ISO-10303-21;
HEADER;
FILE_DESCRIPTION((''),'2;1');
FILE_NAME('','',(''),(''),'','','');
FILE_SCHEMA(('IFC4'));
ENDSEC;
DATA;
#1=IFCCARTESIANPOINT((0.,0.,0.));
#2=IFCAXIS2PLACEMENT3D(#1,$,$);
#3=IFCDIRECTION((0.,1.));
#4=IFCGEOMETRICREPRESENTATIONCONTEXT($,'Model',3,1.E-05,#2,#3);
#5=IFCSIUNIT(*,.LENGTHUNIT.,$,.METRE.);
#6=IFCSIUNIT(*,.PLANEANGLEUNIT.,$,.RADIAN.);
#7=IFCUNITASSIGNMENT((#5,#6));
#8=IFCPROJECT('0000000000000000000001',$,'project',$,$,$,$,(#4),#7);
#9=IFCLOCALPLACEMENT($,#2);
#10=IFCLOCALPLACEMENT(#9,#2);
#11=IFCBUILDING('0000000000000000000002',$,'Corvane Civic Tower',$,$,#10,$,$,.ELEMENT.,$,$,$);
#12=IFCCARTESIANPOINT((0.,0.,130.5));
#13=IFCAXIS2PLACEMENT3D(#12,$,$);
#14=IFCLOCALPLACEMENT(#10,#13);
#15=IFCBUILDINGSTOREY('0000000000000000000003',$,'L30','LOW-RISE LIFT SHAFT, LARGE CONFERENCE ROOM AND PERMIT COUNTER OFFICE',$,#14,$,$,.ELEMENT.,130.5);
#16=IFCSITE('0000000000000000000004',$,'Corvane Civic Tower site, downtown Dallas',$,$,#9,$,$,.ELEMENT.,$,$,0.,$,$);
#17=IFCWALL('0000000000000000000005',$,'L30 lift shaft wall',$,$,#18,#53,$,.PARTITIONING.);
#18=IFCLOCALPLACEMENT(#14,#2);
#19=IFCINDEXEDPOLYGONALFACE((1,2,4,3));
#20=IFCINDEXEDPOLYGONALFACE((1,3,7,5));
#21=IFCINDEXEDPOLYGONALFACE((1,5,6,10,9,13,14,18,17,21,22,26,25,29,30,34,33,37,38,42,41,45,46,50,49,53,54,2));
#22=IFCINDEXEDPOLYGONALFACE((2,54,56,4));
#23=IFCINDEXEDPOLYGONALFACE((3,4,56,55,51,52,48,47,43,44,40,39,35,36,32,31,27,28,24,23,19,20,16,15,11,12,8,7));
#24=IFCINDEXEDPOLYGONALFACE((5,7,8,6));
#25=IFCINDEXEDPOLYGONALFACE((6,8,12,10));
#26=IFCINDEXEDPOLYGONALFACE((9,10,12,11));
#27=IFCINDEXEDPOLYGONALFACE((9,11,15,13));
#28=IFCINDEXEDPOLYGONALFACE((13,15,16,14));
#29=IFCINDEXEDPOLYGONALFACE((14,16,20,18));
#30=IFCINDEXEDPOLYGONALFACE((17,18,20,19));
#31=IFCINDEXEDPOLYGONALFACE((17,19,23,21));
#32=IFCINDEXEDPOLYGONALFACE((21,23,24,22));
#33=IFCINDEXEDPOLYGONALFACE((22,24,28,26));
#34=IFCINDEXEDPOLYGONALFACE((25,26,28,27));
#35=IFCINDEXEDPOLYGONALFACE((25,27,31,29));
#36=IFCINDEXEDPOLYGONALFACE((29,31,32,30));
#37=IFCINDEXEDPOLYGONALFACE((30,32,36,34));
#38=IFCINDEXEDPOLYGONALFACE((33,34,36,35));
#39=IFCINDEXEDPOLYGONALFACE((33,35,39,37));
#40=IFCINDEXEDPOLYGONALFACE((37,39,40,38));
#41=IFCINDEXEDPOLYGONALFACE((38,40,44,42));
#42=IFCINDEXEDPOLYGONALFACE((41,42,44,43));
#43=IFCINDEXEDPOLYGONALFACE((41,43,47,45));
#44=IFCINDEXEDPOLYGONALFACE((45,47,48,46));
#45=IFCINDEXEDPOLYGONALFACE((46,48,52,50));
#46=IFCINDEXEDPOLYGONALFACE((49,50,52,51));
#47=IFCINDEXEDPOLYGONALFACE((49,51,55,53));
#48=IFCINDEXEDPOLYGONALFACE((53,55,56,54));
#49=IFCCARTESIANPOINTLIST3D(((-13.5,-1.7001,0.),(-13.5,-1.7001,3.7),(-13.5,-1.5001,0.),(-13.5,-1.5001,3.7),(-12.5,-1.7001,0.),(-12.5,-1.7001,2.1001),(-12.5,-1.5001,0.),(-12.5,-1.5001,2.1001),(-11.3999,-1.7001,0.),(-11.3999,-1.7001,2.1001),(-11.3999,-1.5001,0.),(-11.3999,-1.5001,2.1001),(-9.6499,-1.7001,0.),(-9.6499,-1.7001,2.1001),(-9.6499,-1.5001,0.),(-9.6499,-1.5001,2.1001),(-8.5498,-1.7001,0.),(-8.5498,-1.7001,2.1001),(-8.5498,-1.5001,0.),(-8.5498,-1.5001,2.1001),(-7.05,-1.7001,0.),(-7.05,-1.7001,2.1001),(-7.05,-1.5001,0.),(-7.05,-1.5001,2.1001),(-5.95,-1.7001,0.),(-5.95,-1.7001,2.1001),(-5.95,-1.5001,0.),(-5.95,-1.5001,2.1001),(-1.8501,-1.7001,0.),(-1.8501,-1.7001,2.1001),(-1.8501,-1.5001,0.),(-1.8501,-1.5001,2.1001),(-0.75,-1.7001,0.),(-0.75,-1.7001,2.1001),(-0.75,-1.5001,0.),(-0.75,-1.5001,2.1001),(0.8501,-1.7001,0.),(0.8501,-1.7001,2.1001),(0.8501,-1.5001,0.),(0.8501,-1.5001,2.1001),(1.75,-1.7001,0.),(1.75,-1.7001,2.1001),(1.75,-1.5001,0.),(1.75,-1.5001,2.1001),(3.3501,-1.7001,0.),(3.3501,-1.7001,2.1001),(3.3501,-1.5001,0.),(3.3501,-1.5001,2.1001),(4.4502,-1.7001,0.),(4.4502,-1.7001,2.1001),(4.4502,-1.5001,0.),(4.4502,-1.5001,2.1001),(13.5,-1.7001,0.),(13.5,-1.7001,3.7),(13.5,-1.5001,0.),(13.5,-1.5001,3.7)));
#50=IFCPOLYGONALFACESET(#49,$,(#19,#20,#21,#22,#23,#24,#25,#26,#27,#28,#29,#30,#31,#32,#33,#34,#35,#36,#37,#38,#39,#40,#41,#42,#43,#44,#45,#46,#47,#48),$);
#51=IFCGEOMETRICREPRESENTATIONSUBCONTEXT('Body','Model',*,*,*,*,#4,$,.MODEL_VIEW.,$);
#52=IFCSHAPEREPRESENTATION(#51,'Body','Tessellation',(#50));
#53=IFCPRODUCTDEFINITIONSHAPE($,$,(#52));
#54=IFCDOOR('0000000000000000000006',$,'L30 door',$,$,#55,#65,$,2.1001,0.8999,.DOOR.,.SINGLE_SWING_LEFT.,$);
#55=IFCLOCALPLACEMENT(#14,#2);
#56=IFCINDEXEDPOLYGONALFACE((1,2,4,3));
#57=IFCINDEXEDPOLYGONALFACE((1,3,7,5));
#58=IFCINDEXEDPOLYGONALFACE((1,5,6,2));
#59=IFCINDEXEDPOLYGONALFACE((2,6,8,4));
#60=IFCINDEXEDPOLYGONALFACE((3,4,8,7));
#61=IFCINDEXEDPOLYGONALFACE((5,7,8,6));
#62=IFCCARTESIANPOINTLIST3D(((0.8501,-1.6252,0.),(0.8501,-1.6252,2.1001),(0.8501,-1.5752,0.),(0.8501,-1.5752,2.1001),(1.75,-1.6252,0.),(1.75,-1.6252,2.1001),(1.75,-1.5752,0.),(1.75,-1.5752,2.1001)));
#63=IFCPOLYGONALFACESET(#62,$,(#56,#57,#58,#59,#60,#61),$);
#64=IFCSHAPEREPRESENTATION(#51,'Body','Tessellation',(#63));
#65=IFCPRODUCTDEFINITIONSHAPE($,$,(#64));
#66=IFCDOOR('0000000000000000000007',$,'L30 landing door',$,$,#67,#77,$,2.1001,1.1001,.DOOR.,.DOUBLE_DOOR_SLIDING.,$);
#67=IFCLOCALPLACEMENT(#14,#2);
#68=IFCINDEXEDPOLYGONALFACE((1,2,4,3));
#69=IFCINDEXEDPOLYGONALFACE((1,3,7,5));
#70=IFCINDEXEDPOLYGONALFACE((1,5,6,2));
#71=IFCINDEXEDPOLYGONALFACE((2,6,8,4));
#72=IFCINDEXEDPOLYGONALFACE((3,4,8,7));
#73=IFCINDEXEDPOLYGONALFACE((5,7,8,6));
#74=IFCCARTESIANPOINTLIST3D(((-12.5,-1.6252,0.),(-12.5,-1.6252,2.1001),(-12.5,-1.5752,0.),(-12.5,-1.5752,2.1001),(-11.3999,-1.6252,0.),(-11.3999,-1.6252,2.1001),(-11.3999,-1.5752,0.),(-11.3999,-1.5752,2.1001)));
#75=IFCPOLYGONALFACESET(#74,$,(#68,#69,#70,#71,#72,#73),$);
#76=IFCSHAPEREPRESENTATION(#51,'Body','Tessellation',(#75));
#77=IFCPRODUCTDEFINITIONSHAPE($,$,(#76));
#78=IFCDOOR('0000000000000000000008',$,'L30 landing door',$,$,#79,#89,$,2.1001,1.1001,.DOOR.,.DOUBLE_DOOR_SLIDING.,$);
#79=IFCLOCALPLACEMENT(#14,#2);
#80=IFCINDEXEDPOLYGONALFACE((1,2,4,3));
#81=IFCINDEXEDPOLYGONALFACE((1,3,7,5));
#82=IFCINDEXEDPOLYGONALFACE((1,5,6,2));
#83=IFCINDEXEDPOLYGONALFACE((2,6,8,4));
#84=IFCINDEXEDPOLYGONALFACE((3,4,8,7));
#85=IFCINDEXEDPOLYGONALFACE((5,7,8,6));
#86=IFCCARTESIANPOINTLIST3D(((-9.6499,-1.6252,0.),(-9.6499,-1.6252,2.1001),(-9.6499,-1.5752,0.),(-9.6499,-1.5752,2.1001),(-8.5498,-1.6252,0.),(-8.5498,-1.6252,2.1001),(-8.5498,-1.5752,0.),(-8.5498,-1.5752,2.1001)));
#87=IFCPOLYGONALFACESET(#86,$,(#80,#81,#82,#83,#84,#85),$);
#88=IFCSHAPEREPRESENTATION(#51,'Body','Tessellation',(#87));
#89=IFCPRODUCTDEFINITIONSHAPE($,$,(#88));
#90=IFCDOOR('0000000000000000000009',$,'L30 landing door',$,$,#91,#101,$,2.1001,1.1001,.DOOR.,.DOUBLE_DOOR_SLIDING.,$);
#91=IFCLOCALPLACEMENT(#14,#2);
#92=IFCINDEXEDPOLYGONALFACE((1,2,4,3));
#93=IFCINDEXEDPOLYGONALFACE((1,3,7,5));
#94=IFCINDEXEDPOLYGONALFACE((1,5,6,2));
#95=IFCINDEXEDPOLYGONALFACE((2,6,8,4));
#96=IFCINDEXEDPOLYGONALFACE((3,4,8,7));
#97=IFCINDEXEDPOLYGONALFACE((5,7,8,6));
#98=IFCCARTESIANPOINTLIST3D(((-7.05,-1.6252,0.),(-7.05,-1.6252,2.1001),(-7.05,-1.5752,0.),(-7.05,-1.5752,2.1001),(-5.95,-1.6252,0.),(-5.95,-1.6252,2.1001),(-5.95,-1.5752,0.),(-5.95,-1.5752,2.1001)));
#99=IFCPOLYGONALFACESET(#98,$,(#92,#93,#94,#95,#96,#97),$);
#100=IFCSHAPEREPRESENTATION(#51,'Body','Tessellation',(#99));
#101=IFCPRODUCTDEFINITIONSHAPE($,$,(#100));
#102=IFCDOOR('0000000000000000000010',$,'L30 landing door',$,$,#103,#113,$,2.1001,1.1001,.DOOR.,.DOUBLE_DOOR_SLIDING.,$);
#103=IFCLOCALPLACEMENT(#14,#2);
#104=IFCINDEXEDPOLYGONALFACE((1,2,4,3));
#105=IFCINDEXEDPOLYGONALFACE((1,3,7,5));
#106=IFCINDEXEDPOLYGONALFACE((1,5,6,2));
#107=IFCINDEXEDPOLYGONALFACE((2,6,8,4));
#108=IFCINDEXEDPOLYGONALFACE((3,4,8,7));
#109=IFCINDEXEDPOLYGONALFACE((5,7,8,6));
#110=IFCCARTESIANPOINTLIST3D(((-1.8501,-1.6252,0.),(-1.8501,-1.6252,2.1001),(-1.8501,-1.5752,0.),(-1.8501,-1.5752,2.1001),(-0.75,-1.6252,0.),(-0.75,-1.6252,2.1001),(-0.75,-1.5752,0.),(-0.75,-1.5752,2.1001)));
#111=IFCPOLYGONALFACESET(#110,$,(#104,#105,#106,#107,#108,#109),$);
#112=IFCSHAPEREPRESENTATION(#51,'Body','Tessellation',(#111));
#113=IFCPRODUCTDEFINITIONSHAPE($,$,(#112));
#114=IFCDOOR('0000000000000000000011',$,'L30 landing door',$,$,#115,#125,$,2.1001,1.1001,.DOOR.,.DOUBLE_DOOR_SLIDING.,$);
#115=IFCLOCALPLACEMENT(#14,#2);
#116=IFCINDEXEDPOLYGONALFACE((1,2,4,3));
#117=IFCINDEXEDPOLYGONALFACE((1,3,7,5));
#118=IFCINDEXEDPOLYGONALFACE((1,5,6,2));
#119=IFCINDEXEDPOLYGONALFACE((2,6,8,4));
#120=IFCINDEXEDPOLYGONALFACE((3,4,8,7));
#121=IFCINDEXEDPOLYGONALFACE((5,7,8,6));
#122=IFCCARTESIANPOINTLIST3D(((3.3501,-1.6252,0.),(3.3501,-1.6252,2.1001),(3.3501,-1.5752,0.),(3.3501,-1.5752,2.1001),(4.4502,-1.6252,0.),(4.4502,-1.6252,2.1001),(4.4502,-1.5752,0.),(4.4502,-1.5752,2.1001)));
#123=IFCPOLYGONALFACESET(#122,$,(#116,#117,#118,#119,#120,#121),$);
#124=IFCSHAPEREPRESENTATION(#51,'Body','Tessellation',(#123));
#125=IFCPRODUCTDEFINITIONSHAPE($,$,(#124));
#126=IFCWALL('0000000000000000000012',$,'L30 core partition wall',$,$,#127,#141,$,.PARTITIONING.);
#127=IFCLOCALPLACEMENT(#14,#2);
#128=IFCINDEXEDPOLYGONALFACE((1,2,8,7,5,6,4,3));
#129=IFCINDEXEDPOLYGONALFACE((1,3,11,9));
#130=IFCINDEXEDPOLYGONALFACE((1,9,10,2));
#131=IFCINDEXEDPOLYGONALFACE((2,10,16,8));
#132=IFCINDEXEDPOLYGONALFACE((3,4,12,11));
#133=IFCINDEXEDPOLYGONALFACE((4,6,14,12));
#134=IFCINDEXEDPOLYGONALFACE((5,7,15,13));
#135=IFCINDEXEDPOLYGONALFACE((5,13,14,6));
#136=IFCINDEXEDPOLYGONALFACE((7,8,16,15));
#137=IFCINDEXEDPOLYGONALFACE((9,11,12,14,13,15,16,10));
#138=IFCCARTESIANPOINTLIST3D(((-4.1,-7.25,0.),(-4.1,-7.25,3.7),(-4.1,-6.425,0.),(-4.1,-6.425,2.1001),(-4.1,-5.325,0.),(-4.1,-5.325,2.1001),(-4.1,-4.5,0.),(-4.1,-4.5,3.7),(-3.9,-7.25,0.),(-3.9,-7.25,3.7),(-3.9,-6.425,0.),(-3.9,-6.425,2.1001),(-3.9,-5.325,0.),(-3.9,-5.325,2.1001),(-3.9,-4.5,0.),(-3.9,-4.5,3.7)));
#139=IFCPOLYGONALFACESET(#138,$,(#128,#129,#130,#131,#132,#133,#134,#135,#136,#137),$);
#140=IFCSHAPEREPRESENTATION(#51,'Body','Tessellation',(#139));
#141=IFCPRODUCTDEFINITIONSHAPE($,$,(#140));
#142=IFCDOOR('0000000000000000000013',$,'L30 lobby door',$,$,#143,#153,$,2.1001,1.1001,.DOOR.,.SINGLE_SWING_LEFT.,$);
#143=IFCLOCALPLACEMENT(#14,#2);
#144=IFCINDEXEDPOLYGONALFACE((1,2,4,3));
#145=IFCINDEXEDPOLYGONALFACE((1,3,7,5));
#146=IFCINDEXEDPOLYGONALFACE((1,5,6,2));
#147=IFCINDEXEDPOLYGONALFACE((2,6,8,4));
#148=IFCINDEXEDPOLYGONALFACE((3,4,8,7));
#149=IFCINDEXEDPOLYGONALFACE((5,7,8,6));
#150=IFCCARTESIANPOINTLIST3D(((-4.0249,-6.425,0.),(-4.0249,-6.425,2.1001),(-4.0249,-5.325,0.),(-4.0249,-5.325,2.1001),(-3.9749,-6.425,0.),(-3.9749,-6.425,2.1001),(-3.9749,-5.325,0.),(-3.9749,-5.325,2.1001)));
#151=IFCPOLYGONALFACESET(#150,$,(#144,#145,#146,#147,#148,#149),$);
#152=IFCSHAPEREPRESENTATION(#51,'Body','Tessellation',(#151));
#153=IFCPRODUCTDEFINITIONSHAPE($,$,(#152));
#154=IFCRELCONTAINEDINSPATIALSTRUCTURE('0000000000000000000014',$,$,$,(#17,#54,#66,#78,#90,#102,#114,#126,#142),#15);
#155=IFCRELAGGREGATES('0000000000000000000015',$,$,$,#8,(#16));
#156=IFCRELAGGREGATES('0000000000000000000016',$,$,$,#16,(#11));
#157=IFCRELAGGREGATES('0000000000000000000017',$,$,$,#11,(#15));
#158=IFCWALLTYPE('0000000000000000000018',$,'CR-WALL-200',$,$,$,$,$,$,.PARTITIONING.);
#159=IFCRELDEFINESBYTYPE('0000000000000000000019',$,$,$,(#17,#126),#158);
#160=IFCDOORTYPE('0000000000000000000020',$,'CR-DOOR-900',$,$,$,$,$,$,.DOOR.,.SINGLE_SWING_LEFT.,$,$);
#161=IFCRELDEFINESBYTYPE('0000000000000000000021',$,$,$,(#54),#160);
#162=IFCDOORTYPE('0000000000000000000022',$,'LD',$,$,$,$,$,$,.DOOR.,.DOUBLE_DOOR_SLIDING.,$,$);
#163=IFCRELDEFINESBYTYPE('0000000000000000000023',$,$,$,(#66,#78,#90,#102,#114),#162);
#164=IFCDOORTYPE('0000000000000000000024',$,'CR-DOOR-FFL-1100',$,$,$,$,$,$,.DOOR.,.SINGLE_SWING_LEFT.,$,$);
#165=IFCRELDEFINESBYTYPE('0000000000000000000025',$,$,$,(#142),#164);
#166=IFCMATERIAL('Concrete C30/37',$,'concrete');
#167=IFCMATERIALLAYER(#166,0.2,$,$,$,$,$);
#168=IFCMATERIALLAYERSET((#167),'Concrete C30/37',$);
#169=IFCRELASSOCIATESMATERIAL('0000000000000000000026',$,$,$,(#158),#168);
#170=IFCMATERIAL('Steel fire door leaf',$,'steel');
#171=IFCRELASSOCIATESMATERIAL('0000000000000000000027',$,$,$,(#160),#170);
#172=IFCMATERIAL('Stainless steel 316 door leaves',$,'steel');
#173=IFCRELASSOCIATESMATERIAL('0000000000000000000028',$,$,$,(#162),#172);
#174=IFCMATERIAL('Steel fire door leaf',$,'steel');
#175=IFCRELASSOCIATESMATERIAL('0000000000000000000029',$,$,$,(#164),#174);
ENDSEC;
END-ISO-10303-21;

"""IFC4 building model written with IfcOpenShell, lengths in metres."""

from ifc_helpers import new_model, si_unit, direction, frame, frame_2d, origin, place, context, subcontext, project, spatial, rectangle, extrude, material, layer, layer_set, type_object, element, fill, save


model = new_model("IFC4")

# Units and contexts
model_context = context("Model", 3, precision=1e-05, world=origin(), true_north=direction((0.0, 1.0)))
body_context = subcontext(model_context, "Body", "Model", "MODEL_VIEW")
ifc_project = project(units=[si_unit("LENGTHUNIT", "METRE"), si_unit("PLANEANGLEUNIT", "RADIAN")], contexts=[model_context])

# Site, building, storey
site_placement = place(None, origin())
site = spatial("IfcSite", under=ifc_project, at=site_placement, Name="Corvane Civic Tower site, downtown Dallas", CompositionType="ELEMENT", RefElevation=0.0)
building_placement = place(site_placement, origin())
building = spatial("IfcBuilding", under=site, at=building_placement, Name="Corvane Civic Tower", CompositionType="ELEMENT")
storey_placement = place(building_placement, frame((0.0, 0.0, 130.5)))
storey = spatial("IfcBuildingStorey", under=building, at=storey_placement, Name="L30", Description="LOW-RISE LIFT SHAFT, LARGE CONFERENCE ROOM AND PERMIT COUNTER OFFICE", CompositionType="ELEMENT", Elevation=130.5)

# Shared definitions
ifc_material_1 = material(Name="Concrete C30/37", Category="concrete")
ifc_layer_1 = layer(ifc_material_1, 0.2)
ifc_layer_set_1 = layer_set([ifc_layer_1], Name="Concrete C30/37")
wall_type_1 = type_object("IfcWallType", Name="CR-WALL-200", PredefinedType="PARTITIONING", material=ifc_layer_set_1)
ifc_material_2 = material(Name="Steel fire door leaf", Category="steel")
door_type_1 = type_object("IfcDoorType", Name="CR-DOOR-900", OperationType="SINGLE_SWING_LEFT", PredefinedType="DOOR", material=ifc_material_2)

# Wall, openings, doors
wall_1_placement = place(storey_placement, frame((-13.5, -1.6001, 0.0), z_axis=(0.0, 0.0, 1.0), x_axis=(1.0, 0.0, 0.0)))
wall_1 = element("IfcWall", 1, at=wall_1_placement, inside=storey, type_object=wall_type_1, Name="L30 lift shaft wall", PredefinedType="PARTITIONING", context=body_context, shape_type="SweptSolid", body=[
    extrude(rectangle(XDim=27.0, YDim=0.2, at=frame_2d((13.5, 0.0))), origin(), (0.0, 0.0, 1.0), 3.7),
])
opening_1_placement = place(wall_1_placement, frame((1.0, 0.0, 0.0)))
opening_1 = element("IfcOpeningElement", 2, at=opening_1_placement, cuts=wall_1, PredefinedType="OPENING", context=body_context, shape_type="SweptSolid", body=[
    extrude(rectangle(XDim=1.1001, YDim=2.1001, at=frame_2d((0.55, 1.05))), frame((0.0, 0.1099, 0.0), z_axis=(0.0, -1.0, 0.0), x_axis=(1.0, 0.0, 0.0)), (0.0, 0.0, 1.0), 0.22),
])
opening_2_placement = place(wall_1_placement, frame((3.8501, 0.0, 0.0)))
opening_2 = element("IfcOpeningElement", 3, at=opening_2_placement, cuts=wall_1, PredefinedType="OPENING", context=body_context, shape_type="SweptSolid", body=[
    extrude(rectangle(XDim=1.1001, YDim=2.1001, at=frame_2d((0.55, 1.05))), frame((0.0, 0.1099, 0.0), z_axis=(0.0, -1.0, 0.0), x_axis=(1.0, 0.0, 0.0)), (0.0, 0.0, 1.0), 0.22),
])
opening_3_placement = place(wall_1_placement, frame((6.45, 0.0, 0.0)))
opening_3 = element("IfcOpeningElement", 4, at=opening_3_placement, cuts=wall_1, PredefinedType="OPENING", context=body_context, shape_type="SweptSolid", body=[
    extrude(rectangle(XDim=1.1001, YDim=2.1001, at=frame_2d((0.55, 1.05))), frame((0.0, 0.1099, 0.0), z_axis=(0.0, -1.0, 0.0), x_axis=(1.0, 0.0, 0.0)), (0.0, 0.0, 1.0), 0.22),
])
opening_4_placement = place(wall_1_placement, frame((11.6499, 0.0, 0.0)))
opening_4 = element("IfcOpeningElement", 5, at=opening_4_placement, cuts=wall_1, PredefinedType="OPENING", context=body_context, shape_type="SweptSolid", body=[
    extrude(rectangle(XDim=1.1001, YDim=2.1001, at=frame_2d((0.55, 1.05))), frame((0.0, 0.1099, 0.0), z_axis=(0.0, -1.0, 0.0), x_axis=(1.0, 0.0, 0.0)), (0.0, 0.0, 1.0), 0.22),
])
opening_5_placement = place(wall_1_placement, frame((14.3501, 0.0, 0.0)))
opening_5 = element("IfcOpeningElement", 6, at=opening_5_placement, cuts=wall_1, PredefinedType="OPENING", context=body_context, shape_type="SweptSolid", body=[
    extrude(rectangle(XDim=0.8999, YDim=2.1001, at=frame_2d((0.45, 1.05))), frame((0.0, 0.1099, 0.0), z_axis=(0.0, -1.0, 0.0), x_axis=(1.0, 0.0, 0.0)), (0.0, 0.0, 1.0), 0.22),
])
opening_6_placement = place(wall_1_placement, frame((16.8501, 0.0, 0.0)))
opening_6 = element("IfcOpeningElement", 7, at=opening_6_placement, cuts=wall_1, PredefinedType="OPENING", context=body_context, shape_type="SweptSolid", body=[
    extrude(rectangle(XDim=1.1001, YDim=2.1001, at=frame_2d((0.55, 1.05))), frame((0.0, 0.1099, 0.0), z_axis=(0.0, -1.0, 0.0), x_axis=(1.0, 0.0, 0.0)), (0.0, 0.0, 1.0), 0.22),
])
door_1_placement = place(opening_5_placement, origin())
door_1 = element("IfcDoor", 8, at=door_1_placement, inside=storey, type_object=door_type_1, Name="L30 door", OperationType="SINGLE_SWING_LEFT", OverallHeight=2.1001, OverallWidth=0.8999, PredefinedType="DOOR", context=body_context, shape_type="SweptSolid", body=[
    extrude(rectangle(XDim=0.8999, YDim=2.1001, at=frame_2d((0.45, 1.05))), frame((0.0, 0.0249, 0.0), z_axis=(0.0, -1.0, 0.0), x_axis=(1.0, 0.0, 0.0)), (0.0, 0.0, 1.0), 0.05),
])
fill(opening_5, door_1)
ifc_material_3 = material(Name="Stainless steel 316 door leaves", Category="steel")
door_type_2 = type_object("IfcDoorType", Name="LD", OperationType="DOUBLE_DOOR_SLIDING", PredefinedType="DOOR", material=ifc_material_3)
door_2_placement = place(opening_1_placement, origin())
door_2 = element("IfcDoor", 9, at=door_2_placement, inside=storey, type_object=door_type_2, Name="L30 landing door", OperationType="DOUBLE_DOOR_SLIDING", OverallHeight=2.1001, OverallWidth=1.1001, PredefinedType="DOOR", context=body_context, shape_type="SweptSolid", body=[
    extrude(rectangle(XDim=1.1001, YDim=2.1001, at=frame_2d((0.55, 1.05))), frame((0.0, 0.0249, 0.0), z_axis=(0.0, -1.0, 0.0), x_axis=(1.0, 0.0, 0.0)), (0.0, 0.0, 1.0), 0.05),
])
fill(opening_1, door_2)
door_3_placement = place(opening_2_placement, origin())
door_3 = element("IfcDoor", 10, at=door_3_placement, inside=storey, type_object=door_type_2, Name="L30 landing door", OperationType="DOUBLE_DOOR_SLIDING", OverallHeight=2.1001, OverallWidth=1.1001, PredefinedType="DOOR", context=body_context, shape_type="SweptSolid", body=[
    extrude(rectangle(XDim=1.1001, YDim=2.1001, at=frame_2d((0.55, 1.05))), frame((0.0, 0.0249, 0.0), z_axis=(0.0, -1.0, 0.0), x_axis=(1.0, 0.0, 0.0)), (0.0, 0.0, 1.0), 0.05),
])
fill(opening_2, door_3)
door_4_placement = place(opening_3_placement, origin())
door_4 = element("IfcDoor", 11, at=door_4_placement, inside=storey, type_object=door_type_2, Name="L30 landing door", OperationType="DOUBLE_DOOR_SLIDING", OverallHeight=2.1001, OverallWidth=1.1001, PredefinedType="DOOR", context=body_context, shape_type="SweptSolid", body=[
    extrude(rectangle(XDim=1.1001, YDim=2.1001, at=frame_2d((0.55, 1.05))), frame((0.0, 0.0249, 0.0), z_axis=(0.0, -1.0, 0.0), x_axis=(1.0, 0.0, 0.0)), (0.0, 0.0, 1.0), 0.05),
])
fill(opening_3, door_4)
door_5_placement = place(opening_4_placement, origin())
door_5 = element("IfcDoor", 12, at=door_5_placement, inside=storey, type_object=door_type_2, Name="L30 landing door", OperationType="DOUBLE_DOOR_SLIDING", OverallHeight=2.1001, OverallWidth=1.1001, PredefinedType="DOOR", context=body_context, shape_type="SweptSolid", body=[
    extrude(rectangle(XDim=1.1001, YDim=2.1001, at=frame_2d((0.55, 1.05))), frame((0.0, 0.0249, 0.0), z_axis=(0.0, -1.0, 0.0), x_axis=(1.0, 0.0, 0.0)), (0.0, 0.0, 1.0), 0.05),
])
fill(opening_4, door_5)
door_6_placement = place(opening_6_placement, origin())
door_6 = element("IfcDoor", 13, at=door_6_placement, inside=storey, type_object=door_type_2, Name="L30 landing door", OperationType="DOUBLE_DOOR_SLIDING", OverallHeight=2.1001, OverallWidth=1.1001, PredefinedType="DOOR", context=body_context, shape_type="SweptSolid", body=[
    extrude(rectangle(XDim=1.1001, YDim=2.1001, at=frame_2d((0.55, 1.05))), frame((0.0, 0.0249, 0.0), z_axis=(0.0, -1.0, 0.0), x_axis=(1.0, 0.0, 0.0)), (0.0, 0.0, 1.0), 0.05),
])
fill(opening_6, door_6)

# Wall, opening, door
wall_2_placement = place(storey_placement, frame((-4.0, -7.25, 0.0), z_axis=(0.0, 0.0, 1.0), x_axis=(0.0, 1.0, 0.0)))
wall_2 = element("IfcWall", 14, at=wall_2_placement, inside=storey, type_object=wall_type_1, Name="L30 core partition wall", PredefinedType="PARTITIONING", context=body_context, shape_type="SweptSolid", body=[
    extrude(rectangle(XDim=2.75, YDim=0.2, at=frame_2d((1.375, 0.0))), origin(), (0.0, 0.0, 1.0), 3.7),
])
opening_7_placement = place(wall_2_placement, frame((0.825, 0.0, 0.0)))
opening_7 = element("IfcOpeningElement", 15, at=opening_7_placement, cuts=wall_2, PredefinedType="OPENING", context=body_context, shape_type="SweptSolid", body=[
    extrude(rectangle(XDim=1.1001, YDim=2.1001, at=frame_2d((0.55, 1.05))), frame((0.0, 0.1099, 0.0), z_axis=(0.0, -1.0, 0.0), x_axis=(1.0, 0.0, 0.0)), (0.0, 0.0, 1.0), 0.22),
])
ifc_material_4 = material(Name="Steel fire door leaf", Category="steel")
door_type_3 = type_object("IfcDoorType", Name="CR-DOOR-FFL-1100", OperationType="SINGLE_SWING_LEFT", PredefinedType="DOOR", material=ifc_material_4)
door_7_placement = place(opening_7_placement, origin())
door_7 = element("IfcDoor", 16, at=door_7_placement, inside=storey, type_object=door_type_3, Name="L30 lobby door", OperationType="SINGLE_SWING_LEFT", OverallHeight=2.1001, OverallWidth=1.1001, PredefinedType="DOOR", context=body_context, shape_type="SweptSolid", body=[
    extrude(rectangle(XDim=1.1001, YDim=2.1001, at=frame_2d((0.55, 1.05))), frame((0.0, 0.0249, 0.0), z_axis=(0.0, -1.0, 0.0), x_axis=(1.0, 0.0, 0.0)), (0.0, 0.0, 1.0), 0.05),
])
fill(opening_7, door_7)

save(model, "model.ifc")
